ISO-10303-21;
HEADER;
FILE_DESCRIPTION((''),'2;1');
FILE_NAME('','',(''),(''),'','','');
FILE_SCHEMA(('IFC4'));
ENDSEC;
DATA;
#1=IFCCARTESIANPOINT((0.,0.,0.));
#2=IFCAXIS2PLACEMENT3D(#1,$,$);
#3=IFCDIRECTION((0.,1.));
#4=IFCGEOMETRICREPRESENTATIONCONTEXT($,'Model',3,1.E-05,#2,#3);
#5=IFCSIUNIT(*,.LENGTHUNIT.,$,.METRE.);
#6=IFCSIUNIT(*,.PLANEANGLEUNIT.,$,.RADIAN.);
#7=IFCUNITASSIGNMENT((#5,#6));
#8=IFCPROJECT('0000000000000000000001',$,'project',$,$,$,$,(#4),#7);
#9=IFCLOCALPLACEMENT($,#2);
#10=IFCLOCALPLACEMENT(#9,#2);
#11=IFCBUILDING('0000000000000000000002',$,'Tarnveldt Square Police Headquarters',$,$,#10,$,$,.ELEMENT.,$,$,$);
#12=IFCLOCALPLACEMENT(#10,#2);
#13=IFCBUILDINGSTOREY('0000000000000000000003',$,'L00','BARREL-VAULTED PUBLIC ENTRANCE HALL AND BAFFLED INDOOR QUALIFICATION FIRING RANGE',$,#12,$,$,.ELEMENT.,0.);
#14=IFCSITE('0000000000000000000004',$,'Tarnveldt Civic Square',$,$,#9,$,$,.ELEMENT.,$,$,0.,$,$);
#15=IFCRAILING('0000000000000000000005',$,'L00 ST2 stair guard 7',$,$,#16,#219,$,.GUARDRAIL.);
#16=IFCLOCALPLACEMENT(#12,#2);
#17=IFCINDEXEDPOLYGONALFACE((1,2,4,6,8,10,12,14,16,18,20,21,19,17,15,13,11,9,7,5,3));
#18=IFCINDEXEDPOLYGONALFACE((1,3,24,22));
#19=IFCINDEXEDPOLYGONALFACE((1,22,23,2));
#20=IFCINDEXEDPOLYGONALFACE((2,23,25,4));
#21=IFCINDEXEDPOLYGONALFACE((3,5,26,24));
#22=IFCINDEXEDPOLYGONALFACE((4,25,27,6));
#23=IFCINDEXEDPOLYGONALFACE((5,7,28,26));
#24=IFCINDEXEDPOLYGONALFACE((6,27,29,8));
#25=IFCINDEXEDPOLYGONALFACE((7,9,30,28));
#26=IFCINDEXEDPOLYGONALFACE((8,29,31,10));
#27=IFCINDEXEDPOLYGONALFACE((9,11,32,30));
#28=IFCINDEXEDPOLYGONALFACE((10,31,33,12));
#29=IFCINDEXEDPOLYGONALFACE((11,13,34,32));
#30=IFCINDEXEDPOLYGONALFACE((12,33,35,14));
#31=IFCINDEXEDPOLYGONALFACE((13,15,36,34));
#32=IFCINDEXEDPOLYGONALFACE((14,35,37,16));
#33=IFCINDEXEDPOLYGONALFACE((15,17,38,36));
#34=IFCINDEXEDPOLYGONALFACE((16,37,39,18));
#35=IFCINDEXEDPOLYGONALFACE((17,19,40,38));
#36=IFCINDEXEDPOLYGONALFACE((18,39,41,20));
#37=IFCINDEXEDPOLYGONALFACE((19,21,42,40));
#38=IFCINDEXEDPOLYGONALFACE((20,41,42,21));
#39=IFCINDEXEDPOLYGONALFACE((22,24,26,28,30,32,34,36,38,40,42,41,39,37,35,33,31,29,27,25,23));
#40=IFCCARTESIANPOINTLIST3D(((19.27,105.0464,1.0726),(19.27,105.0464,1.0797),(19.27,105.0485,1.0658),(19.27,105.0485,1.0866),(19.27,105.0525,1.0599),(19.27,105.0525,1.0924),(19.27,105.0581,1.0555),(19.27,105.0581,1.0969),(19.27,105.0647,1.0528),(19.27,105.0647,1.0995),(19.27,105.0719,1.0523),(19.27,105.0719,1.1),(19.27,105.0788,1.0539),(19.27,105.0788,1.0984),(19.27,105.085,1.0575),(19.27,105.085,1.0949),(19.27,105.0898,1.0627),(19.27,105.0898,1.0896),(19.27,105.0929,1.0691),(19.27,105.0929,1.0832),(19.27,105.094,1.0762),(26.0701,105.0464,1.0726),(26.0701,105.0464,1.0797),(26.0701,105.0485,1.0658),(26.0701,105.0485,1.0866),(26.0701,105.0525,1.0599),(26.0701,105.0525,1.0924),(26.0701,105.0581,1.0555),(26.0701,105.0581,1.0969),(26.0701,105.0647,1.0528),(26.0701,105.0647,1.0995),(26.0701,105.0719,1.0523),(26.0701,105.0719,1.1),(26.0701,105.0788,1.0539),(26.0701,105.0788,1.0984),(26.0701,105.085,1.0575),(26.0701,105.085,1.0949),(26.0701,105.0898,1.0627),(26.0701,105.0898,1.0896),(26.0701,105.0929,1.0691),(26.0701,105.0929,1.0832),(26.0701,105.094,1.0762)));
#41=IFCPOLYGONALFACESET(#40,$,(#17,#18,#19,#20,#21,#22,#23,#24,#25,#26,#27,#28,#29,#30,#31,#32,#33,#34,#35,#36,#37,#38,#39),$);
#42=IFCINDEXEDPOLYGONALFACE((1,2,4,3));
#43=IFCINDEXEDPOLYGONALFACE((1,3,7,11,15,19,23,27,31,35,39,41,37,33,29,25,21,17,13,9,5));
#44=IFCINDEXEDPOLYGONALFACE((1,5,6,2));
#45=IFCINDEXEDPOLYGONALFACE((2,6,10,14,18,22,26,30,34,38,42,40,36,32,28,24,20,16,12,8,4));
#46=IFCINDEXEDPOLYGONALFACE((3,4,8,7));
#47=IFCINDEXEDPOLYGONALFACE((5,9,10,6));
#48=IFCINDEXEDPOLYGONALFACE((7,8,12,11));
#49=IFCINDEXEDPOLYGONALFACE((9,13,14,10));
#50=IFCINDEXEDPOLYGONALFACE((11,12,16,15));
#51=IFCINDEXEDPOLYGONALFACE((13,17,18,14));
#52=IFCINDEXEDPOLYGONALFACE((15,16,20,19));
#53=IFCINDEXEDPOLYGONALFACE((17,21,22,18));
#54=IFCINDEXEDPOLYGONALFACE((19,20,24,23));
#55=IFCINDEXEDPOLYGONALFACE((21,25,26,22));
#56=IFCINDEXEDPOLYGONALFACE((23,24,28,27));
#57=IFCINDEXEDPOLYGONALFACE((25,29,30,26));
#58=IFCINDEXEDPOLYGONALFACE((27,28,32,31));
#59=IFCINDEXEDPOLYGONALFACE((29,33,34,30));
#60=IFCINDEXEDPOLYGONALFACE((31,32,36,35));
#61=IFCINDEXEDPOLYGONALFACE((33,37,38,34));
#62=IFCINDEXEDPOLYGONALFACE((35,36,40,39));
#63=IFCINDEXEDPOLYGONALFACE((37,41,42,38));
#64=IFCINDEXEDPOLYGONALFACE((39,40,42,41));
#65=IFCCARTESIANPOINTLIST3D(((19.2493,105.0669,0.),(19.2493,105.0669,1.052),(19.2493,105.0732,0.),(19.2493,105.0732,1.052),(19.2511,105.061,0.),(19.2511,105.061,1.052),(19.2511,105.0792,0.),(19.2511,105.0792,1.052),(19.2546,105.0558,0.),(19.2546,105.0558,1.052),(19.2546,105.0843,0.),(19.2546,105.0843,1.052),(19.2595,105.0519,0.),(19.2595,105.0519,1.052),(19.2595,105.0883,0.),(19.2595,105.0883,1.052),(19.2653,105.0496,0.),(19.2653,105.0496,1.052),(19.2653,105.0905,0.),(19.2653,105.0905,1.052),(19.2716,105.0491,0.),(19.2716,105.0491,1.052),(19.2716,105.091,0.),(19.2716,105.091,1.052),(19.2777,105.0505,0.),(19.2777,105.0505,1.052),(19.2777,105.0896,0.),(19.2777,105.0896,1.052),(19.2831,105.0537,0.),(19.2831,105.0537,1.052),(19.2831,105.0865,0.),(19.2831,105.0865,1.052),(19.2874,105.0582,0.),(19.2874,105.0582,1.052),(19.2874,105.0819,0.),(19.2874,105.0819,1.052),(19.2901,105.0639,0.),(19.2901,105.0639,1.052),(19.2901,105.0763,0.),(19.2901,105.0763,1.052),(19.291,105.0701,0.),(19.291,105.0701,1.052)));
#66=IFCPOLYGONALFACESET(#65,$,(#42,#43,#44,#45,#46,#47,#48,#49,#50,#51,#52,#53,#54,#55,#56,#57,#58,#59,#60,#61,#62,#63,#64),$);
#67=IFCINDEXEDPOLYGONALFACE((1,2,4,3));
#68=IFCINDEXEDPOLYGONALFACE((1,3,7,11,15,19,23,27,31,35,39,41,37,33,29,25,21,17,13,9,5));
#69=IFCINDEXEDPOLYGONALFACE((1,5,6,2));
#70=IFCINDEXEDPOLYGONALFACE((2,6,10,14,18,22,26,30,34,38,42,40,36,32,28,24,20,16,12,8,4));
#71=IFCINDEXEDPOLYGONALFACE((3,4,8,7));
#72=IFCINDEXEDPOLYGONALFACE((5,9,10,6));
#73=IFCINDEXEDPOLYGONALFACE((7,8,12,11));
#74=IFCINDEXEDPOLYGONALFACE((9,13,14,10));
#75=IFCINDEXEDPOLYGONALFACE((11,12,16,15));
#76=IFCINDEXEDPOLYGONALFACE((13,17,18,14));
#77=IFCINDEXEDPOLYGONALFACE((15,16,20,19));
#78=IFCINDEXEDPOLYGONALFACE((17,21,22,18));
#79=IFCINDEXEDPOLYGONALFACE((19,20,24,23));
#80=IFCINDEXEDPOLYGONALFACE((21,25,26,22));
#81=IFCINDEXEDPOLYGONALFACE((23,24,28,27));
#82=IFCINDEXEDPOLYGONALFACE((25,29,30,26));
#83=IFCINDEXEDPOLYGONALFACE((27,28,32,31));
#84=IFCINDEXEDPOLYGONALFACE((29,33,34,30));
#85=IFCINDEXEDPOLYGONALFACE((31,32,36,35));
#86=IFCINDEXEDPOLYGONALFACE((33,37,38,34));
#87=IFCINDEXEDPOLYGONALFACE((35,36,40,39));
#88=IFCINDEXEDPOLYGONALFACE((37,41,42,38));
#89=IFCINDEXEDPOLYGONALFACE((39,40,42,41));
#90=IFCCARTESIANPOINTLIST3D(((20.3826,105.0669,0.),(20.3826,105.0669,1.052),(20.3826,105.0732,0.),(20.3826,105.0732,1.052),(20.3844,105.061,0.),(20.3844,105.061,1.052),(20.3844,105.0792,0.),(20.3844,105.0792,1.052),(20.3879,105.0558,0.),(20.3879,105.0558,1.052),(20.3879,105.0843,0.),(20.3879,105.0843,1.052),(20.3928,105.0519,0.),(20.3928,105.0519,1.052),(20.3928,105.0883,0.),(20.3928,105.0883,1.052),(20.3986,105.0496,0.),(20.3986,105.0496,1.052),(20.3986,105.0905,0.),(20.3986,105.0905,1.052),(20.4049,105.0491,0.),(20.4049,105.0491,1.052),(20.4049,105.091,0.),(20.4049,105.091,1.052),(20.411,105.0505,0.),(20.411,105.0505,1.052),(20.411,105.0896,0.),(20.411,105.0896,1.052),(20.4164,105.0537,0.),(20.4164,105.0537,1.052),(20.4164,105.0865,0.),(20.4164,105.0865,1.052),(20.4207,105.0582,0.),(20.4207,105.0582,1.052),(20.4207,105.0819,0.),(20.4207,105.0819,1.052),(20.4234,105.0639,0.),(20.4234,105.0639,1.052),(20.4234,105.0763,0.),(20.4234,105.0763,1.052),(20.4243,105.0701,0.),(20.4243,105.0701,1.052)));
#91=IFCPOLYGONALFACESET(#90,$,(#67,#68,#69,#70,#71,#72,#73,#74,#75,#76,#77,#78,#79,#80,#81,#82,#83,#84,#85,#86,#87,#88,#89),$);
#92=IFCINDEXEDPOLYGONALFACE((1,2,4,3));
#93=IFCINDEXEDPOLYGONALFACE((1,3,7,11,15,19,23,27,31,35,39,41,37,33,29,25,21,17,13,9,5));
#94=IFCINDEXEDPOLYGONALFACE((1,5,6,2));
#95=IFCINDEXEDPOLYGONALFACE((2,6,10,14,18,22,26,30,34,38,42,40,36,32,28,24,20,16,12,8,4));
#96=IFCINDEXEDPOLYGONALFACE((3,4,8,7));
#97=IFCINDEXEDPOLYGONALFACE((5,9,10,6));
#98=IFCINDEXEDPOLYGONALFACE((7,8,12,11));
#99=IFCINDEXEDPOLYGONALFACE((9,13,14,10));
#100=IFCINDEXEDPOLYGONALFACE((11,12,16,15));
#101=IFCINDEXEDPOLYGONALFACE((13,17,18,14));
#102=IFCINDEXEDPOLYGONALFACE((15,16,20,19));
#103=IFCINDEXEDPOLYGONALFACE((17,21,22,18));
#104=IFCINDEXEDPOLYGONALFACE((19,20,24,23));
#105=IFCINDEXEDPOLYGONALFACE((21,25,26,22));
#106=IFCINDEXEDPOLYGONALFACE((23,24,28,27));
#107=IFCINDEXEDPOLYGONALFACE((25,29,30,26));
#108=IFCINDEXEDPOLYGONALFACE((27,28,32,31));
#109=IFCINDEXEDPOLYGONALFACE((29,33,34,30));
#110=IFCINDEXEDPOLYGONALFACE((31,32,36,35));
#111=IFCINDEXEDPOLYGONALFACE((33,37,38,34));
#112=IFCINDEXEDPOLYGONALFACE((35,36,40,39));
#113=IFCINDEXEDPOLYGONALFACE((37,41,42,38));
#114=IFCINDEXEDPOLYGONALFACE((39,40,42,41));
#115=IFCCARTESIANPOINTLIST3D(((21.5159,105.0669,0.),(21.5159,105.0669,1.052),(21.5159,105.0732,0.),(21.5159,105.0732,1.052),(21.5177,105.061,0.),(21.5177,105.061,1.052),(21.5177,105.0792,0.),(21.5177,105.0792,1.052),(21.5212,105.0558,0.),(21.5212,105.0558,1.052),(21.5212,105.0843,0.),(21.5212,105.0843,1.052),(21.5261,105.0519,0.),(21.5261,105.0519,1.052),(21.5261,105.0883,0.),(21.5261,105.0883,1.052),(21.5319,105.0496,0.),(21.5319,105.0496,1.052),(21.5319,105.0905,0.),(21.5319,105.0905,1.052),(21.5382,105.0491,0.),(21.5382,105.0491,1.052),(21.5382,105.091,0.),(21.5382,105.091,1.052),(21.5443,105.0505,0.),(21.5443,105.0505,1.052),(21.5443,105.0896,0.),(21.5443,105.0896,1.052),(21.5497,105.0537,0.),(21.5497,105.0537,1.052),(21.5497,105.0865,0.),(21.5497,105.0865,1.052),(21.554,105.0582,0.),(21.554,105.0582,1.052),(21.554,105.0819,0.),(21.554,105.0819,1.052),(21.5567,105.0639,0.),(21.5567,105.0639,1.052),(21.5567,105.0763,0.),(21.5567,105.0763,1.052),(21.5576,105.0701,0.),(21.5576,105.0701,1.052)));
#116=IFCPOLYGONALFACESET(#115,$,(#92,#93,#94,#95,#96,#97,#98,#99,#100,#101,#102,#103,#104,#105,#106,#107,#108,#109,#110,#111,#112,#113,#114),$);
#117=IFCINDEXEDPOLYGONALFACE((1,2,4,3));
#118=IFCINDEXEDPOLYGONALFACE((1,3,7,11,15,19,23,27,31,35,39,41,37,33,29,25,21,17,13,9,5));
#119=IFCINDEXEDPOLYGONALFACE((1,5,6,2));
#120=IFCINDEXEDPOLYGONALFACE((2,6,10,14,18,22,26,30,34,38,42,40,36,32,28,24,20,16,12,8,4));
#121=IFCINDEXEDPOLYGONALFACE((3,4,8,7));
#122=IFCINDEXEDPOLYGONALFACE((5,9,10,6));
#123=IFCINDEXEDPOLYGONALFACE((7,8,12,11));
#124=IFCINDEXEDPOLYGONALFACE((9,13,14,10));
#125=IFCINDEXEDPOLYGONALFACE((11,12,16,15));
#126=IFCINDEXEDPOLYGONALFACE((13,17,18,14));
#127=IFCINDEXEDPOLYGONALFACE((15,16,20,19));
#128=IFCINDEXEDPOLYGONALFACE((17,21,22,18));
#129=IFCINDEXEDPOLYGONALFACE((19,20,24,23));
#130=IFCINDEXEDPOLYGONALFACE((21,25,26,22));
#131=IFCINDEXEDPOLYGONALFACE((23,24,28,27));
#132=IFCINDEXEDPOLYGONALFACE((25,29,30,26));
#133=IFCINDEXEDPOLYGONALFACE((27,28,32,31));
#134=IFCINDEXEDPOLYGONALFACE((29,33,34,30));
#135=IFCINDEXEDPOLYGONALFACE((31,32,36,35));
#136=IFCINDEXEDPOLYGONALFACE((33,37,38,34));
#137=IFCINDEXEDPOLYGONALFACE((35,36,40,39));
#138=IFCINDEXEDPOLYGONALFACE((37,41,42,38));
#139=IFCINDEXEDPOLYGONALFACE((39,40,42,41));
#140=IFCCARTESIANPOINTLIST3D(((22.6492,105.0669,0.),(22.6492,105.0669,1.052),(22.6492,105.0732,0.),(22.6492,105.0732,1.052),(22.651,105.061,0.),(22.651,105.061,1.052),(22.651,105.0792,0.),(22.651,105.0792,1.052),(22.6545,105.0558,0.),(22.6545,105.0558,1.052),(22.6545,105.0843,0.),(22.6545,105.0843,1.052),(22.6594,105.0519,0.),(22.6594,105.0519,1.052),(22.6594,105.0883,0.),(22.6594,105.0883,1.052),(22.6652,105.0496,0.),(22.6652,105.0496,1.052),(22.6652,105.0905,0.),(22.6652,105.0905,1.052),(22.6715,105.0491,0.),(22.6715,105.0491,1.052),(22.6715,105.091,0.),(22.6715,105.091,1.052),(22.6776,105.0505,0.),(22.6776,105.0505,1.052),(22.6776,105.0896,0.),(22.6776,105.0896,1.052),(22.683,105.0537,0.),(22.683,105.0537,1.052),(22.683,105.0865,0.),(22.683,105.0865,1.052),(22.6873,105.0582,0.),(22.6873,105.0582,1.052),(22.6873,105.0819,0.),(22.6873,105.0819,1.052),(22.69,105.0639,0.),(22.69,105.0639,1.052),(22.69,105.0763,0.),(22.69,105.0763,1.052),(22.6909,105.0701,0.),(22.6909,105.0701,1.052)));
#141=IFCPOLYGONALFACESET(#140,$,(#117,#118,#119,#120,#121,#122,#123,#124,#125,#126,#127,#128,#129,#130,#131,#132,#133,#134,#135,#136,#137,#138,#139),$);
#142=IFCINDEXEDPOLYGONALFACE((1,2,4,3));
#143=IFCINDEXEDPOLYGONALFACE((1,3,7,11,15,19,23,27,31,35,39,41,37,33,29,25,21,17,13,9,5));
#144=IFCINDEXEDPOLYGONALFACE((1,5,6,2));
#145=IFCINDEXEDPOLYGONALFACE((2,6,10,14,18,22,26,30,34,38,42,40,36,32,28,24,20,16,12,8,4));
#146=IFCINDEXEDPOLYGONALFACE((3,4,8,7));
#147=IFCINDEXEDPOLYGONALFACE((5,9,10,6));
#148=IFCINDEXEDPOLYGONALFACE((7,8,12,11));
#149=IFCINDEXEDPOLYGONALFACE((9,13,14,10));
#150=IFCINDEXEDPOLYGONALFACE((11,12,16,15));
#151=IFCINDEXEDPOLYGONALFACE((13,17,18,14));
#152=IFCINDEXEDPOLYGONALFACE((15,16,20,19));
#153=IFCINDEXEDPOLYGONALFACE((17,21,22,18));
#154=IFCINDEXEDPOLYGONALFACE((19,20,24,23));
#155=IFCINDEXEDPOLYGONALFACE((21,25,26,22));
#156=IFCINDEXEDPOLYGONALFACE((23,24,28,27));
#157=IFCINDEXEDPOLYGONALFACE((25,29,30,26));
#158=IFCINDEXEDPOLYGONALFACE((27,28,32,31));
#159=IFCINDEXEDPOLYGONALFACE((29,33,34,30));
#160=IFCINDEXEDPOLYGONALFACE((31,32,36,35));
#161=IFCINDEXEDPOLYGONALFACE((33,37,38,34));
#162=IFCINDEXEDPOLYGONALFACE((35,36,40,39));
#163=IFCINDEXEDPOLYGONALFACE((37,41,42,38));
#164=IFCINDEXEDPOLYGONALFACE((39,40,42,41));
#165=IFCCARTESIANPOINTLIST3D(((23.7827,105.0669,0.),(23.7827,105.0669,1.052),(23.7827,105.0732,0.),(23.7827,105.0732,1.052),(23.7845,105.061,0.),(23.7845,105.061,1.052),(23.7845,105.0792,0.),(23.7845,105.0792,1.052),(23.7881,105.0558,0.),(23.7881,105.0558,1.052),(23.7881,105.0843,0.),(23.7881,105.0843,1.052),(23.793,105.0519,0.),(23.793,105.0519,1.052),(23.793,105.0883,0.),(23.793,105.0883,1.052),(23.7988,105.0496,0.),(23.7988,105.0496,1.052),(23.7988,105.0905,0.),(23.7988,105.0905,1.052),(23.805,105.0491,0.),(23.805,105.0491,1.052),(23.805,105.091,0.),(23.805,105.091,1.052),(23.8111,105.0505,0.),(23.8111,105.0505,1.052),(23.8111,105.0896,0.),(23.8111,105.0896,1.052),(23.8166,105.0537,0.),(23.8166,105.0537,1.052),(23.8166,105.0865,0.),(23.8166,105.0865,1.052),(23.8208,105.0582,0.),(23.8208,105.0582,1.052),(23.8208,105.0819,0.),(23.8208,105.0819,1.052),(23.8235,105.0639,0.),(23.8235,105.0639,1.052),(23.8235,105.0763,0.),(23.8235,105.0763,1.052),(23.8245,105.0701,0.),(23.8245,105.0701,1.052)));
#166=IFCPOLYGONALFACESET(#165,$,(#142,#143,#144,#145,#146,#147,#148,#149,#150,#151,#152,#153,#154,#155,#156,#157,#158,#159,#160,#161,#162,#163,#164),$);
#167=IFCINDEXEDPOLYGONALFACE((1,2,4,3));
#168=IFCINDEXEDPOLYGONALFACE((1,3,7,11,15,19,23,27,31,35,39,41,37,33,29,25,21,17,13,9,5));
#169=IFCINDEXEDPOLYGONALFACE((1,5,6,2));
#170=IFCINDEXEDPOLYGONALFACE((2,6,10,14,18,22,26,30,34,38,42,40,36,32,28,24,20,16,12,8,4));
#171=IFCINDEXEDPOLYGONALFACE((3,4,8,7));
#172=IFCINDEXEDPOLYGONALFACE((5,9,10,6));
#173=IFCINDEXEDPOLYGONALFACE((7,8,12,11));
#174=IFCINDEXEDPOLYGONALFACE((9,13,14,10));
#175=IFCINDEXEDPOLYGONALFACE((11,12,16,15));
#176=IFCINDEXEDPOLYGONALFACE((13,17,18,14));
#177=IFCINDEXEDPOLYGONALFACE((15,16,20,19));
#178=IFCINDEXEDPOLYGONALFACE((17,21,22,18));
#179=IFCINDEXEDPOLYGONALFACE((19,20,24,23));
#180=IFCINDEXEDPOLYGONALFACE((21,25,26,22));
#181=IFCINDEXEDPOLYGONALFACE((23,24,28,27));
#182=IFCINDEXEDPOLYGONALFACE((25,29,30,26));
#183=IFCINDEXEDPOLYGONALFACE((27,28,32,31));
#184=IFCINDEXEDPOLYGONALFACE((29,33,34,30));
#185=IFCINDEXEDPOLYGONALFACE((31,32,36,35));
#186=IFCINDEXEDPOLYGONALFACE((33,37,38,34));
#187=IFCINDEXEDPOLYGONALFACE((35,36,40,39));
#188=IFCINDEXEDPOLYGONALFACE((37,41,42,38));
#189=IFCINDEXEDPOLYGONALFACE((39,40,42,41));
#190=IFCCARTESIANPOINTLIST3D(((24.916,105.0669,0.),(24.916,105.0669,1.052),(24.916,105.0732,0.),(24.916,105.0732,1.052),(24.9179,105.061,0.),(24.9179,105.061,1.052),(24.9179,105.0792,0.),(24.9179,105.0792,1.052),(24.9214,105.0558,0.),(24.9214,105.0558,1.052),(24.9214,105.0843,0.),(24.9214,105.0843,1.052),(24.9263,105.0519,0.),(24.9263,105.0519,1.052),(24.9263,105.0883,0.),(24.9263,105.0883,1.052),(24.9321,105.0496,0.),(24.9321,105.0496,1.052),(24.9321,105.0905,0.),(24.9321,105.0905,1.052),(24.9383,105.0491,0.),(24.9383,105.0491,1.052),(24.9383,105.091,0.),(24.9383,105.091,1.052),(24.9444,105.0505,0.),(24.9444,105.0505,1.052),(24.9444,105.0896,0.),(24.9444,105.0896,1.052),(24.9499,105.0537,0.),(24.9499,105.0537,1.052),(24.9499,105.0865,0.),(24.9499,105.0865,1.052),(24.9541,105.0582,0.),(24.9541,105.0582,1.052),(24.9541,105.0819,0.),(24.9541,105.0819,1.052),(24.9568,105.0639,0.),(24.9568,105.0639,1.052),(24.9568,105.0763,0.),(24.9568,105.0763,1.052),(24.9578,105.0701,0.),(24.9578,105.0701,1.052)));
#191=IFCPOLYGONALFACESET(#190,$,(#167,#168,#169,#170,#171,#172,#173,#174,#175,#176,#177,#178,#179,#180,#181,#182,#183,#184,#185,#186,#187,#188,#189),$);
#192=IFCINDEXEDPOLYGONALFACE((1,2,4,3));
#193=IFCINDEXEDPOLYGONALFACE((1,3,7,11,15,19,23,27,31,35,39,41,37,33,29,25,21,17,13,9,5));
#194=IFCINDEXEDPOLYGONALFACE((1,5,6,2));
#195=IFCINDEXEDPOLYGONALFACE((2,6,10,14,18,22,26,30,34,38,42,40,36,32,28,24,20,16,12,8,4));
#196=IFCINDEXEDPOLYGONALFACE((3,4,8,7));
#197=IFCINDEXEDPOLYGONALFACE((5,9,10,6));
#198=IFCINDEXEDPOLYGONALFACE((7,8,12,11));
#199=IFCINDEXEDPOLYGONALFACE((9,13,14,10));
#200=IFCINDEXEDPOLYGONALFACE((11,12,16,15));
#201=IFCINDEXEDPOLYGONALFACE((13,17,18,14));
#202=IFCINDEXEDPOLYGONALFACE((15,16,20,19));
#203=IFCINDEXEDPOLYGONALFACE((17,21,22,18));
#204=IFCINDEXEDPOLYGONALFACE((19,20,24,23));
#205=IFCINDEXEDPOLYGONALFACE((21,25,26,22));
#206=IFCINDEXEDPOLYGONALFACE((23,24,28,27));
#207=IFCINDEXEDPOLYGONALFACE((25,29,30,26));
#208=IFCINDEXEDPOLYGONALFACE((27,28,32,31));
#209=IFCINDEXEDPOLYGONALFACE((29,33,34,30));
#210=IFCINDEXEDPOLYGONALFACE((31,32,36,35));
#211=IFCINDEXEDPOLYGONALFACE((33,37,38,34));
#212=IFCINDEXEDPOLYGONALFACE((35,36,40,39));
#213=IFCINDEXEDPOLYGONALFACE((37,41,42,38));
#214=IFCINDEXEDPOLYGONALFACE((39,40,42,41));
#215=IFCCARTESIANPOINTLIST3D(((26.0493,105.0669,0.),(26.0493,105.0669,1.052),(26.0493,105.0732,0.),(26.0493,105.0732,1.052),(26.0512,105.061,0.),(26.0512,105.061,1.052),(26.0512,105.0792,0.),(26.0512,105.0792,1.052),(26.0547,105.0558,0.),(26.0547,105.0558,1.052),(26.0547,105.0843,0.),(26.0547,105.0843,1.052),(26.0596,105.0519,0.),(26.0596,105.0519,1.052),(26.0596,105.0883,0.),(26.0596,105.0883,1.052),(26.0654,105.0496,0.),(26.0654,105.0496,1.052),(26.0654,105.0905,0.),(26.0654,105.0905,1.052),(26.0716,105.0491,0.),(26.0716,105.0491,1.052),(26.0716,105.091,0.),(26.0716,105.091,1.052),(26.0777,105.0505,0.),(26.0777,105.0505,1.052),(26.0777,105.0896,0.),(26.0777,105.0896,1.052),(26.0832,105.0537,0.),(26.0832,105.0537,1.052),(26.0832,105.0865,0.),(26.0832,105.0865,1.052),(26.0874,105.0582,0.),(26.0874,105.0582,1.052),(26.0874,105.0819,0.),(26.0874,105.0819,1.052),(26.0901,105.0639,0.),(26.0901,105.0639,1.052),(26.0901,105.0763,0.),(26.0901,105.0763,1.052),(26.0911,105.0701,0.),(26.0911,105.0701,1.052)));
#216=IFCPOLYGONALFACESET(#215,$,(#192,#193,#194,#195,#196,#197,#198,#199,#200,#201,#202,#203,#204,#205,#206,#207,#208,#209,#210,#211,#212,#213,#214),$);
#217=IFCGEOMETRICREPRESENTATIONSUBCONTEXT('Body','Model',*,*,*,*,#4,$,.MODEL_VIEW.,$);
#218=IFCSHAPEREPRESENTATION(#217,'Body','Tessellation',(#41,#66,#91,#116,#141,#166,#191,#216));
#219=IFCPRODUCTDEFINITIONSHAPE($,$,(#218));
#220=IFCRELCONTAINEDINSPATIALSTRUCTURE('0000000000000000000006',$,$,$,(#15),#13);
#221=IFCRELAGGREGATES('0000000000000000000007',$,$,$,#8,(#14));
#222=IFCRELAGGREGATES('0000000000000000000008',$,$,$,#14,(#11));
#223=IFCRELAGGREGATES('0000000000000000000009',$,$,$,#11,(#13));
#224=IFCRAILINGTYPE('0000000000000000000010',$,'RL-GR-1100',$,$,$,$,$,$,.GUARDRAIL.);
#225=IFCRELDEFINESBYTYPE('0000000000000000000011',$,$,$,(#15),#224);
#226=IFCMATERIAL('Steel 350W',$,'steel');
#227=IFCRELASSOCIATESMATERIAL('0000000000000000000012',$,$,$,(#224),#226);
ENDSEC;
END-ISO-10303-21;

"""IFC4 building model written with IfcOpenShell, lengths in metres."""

from ifc_helpers import new_model, si_unit, direction, frame, origin, origin_2d, place, context, subcontext, project, spatial, circle, extrude, material, type_object, element, save


model = new_model("IFC4")

# Units and contexts
model_context = context("Model", 3, precision=1e-05, world=origin(), true_north=direction((0.0, 1.0)))
body_context = subcontext(model_context, "Body", "Model", "MODEL_VIEW")
ifc_project = project(units=[si_unit("LENGTHUNIT", "METRE"), si_unit("PLANEANGLEUNIT", "RADIAN")], contexts=[model_context])

# Site, building, storey
site_placement = place(None, origin())
site = spatial("IfcSite", under=ifc_project, at=site_placement, Name="Tarnveldt Civic Square", CompositionType="ELEMENT", RefElevation=0.0)
building_placement = place(site_placement, origin())
building = spatial("IfcBuilding", under=site, at=building_placement, Name="Tarnveldt Square Police Headquarters", CompositionType="ELEMENT")
storey_placement = place(building_placement, origin())
storey = spatial("IfcBuildingStorey", under=building, at=storey_placement, Name="L00", Description="BARREL-VAULTED PUBLIC ENTRANCE HALL AND BAFFLED INDOOR QUALIFICATION FIRING RANGE", CompositionType="ELEMENT", Elevation=0.0)

# Shared definitions
ifc_material_1 = material(Name="Steel 350W", Category="steel")

# Railing
railing_type_1 = type_object("IfcRailingType", Name="RL-GR-1100", PredefinedType="GUARDRAIL", material=ifc_material_1)
railing_1_placement = place(storey_placement, frame((19.27, 105.0701, 0.0)))
element("IfcRailing", 1, at=railing_1_placement, inside=storey, type_object=railing_type_1, Name="L00 ST2 stair guard 7", PredefinedType="GUARDRAIL", context=body_context, shape_type="SweptSolid", body=[
    extrude(circle(Radius=0.0239, at=origin_2d()), frame((0.0, 0.0, 1.0762), z_axis=(1.0, 0.0, 0.0), x_axis=(0.0, 1.0, 0.0)), (0.0, 0.0, 1.0), 6.8),
    extrude(circle(Radius=0.021, at=origin_2d()), origin(), (0.0, 0.0, 1.0), 1.052),
    extrude(circle(Radius=0.021, at=origin_2d()), frame((1.1333, 0.0, 0.0)), (0.0, 0.0, 1.0), 1.052),
    extrude(circle(Radius=0.021, at=origin_2d()), frame((2.2666, 0.0, 0.0)), (0.0, 0.0, 1.0), 1.052),
    extrude(circle(Radius=0.021, at=origin_2d()), frame((3.3999, 0.0, 0.0)), (0.0, 0.0, 1.0), 1.052),
    extrude(circle(Radius=0.021, at=origin_2d()), frame((4.5334, 0.0, 0.0)), (0.0, 0.0, 1.0), 1.052),
    extrude(circle(Radius=0.021, at=origin_2d()), frame((5.6667, 0.0, 0.0)), (0.0, 0.0, 1.0), 1.052),
    extrude(circle(Radius=0.021, at=origin_2d()), frame((6.8, 0.0, 0.0)), (0.0, 0.0, 1.0), 1.052),
])

save(model, "model.ifc")
